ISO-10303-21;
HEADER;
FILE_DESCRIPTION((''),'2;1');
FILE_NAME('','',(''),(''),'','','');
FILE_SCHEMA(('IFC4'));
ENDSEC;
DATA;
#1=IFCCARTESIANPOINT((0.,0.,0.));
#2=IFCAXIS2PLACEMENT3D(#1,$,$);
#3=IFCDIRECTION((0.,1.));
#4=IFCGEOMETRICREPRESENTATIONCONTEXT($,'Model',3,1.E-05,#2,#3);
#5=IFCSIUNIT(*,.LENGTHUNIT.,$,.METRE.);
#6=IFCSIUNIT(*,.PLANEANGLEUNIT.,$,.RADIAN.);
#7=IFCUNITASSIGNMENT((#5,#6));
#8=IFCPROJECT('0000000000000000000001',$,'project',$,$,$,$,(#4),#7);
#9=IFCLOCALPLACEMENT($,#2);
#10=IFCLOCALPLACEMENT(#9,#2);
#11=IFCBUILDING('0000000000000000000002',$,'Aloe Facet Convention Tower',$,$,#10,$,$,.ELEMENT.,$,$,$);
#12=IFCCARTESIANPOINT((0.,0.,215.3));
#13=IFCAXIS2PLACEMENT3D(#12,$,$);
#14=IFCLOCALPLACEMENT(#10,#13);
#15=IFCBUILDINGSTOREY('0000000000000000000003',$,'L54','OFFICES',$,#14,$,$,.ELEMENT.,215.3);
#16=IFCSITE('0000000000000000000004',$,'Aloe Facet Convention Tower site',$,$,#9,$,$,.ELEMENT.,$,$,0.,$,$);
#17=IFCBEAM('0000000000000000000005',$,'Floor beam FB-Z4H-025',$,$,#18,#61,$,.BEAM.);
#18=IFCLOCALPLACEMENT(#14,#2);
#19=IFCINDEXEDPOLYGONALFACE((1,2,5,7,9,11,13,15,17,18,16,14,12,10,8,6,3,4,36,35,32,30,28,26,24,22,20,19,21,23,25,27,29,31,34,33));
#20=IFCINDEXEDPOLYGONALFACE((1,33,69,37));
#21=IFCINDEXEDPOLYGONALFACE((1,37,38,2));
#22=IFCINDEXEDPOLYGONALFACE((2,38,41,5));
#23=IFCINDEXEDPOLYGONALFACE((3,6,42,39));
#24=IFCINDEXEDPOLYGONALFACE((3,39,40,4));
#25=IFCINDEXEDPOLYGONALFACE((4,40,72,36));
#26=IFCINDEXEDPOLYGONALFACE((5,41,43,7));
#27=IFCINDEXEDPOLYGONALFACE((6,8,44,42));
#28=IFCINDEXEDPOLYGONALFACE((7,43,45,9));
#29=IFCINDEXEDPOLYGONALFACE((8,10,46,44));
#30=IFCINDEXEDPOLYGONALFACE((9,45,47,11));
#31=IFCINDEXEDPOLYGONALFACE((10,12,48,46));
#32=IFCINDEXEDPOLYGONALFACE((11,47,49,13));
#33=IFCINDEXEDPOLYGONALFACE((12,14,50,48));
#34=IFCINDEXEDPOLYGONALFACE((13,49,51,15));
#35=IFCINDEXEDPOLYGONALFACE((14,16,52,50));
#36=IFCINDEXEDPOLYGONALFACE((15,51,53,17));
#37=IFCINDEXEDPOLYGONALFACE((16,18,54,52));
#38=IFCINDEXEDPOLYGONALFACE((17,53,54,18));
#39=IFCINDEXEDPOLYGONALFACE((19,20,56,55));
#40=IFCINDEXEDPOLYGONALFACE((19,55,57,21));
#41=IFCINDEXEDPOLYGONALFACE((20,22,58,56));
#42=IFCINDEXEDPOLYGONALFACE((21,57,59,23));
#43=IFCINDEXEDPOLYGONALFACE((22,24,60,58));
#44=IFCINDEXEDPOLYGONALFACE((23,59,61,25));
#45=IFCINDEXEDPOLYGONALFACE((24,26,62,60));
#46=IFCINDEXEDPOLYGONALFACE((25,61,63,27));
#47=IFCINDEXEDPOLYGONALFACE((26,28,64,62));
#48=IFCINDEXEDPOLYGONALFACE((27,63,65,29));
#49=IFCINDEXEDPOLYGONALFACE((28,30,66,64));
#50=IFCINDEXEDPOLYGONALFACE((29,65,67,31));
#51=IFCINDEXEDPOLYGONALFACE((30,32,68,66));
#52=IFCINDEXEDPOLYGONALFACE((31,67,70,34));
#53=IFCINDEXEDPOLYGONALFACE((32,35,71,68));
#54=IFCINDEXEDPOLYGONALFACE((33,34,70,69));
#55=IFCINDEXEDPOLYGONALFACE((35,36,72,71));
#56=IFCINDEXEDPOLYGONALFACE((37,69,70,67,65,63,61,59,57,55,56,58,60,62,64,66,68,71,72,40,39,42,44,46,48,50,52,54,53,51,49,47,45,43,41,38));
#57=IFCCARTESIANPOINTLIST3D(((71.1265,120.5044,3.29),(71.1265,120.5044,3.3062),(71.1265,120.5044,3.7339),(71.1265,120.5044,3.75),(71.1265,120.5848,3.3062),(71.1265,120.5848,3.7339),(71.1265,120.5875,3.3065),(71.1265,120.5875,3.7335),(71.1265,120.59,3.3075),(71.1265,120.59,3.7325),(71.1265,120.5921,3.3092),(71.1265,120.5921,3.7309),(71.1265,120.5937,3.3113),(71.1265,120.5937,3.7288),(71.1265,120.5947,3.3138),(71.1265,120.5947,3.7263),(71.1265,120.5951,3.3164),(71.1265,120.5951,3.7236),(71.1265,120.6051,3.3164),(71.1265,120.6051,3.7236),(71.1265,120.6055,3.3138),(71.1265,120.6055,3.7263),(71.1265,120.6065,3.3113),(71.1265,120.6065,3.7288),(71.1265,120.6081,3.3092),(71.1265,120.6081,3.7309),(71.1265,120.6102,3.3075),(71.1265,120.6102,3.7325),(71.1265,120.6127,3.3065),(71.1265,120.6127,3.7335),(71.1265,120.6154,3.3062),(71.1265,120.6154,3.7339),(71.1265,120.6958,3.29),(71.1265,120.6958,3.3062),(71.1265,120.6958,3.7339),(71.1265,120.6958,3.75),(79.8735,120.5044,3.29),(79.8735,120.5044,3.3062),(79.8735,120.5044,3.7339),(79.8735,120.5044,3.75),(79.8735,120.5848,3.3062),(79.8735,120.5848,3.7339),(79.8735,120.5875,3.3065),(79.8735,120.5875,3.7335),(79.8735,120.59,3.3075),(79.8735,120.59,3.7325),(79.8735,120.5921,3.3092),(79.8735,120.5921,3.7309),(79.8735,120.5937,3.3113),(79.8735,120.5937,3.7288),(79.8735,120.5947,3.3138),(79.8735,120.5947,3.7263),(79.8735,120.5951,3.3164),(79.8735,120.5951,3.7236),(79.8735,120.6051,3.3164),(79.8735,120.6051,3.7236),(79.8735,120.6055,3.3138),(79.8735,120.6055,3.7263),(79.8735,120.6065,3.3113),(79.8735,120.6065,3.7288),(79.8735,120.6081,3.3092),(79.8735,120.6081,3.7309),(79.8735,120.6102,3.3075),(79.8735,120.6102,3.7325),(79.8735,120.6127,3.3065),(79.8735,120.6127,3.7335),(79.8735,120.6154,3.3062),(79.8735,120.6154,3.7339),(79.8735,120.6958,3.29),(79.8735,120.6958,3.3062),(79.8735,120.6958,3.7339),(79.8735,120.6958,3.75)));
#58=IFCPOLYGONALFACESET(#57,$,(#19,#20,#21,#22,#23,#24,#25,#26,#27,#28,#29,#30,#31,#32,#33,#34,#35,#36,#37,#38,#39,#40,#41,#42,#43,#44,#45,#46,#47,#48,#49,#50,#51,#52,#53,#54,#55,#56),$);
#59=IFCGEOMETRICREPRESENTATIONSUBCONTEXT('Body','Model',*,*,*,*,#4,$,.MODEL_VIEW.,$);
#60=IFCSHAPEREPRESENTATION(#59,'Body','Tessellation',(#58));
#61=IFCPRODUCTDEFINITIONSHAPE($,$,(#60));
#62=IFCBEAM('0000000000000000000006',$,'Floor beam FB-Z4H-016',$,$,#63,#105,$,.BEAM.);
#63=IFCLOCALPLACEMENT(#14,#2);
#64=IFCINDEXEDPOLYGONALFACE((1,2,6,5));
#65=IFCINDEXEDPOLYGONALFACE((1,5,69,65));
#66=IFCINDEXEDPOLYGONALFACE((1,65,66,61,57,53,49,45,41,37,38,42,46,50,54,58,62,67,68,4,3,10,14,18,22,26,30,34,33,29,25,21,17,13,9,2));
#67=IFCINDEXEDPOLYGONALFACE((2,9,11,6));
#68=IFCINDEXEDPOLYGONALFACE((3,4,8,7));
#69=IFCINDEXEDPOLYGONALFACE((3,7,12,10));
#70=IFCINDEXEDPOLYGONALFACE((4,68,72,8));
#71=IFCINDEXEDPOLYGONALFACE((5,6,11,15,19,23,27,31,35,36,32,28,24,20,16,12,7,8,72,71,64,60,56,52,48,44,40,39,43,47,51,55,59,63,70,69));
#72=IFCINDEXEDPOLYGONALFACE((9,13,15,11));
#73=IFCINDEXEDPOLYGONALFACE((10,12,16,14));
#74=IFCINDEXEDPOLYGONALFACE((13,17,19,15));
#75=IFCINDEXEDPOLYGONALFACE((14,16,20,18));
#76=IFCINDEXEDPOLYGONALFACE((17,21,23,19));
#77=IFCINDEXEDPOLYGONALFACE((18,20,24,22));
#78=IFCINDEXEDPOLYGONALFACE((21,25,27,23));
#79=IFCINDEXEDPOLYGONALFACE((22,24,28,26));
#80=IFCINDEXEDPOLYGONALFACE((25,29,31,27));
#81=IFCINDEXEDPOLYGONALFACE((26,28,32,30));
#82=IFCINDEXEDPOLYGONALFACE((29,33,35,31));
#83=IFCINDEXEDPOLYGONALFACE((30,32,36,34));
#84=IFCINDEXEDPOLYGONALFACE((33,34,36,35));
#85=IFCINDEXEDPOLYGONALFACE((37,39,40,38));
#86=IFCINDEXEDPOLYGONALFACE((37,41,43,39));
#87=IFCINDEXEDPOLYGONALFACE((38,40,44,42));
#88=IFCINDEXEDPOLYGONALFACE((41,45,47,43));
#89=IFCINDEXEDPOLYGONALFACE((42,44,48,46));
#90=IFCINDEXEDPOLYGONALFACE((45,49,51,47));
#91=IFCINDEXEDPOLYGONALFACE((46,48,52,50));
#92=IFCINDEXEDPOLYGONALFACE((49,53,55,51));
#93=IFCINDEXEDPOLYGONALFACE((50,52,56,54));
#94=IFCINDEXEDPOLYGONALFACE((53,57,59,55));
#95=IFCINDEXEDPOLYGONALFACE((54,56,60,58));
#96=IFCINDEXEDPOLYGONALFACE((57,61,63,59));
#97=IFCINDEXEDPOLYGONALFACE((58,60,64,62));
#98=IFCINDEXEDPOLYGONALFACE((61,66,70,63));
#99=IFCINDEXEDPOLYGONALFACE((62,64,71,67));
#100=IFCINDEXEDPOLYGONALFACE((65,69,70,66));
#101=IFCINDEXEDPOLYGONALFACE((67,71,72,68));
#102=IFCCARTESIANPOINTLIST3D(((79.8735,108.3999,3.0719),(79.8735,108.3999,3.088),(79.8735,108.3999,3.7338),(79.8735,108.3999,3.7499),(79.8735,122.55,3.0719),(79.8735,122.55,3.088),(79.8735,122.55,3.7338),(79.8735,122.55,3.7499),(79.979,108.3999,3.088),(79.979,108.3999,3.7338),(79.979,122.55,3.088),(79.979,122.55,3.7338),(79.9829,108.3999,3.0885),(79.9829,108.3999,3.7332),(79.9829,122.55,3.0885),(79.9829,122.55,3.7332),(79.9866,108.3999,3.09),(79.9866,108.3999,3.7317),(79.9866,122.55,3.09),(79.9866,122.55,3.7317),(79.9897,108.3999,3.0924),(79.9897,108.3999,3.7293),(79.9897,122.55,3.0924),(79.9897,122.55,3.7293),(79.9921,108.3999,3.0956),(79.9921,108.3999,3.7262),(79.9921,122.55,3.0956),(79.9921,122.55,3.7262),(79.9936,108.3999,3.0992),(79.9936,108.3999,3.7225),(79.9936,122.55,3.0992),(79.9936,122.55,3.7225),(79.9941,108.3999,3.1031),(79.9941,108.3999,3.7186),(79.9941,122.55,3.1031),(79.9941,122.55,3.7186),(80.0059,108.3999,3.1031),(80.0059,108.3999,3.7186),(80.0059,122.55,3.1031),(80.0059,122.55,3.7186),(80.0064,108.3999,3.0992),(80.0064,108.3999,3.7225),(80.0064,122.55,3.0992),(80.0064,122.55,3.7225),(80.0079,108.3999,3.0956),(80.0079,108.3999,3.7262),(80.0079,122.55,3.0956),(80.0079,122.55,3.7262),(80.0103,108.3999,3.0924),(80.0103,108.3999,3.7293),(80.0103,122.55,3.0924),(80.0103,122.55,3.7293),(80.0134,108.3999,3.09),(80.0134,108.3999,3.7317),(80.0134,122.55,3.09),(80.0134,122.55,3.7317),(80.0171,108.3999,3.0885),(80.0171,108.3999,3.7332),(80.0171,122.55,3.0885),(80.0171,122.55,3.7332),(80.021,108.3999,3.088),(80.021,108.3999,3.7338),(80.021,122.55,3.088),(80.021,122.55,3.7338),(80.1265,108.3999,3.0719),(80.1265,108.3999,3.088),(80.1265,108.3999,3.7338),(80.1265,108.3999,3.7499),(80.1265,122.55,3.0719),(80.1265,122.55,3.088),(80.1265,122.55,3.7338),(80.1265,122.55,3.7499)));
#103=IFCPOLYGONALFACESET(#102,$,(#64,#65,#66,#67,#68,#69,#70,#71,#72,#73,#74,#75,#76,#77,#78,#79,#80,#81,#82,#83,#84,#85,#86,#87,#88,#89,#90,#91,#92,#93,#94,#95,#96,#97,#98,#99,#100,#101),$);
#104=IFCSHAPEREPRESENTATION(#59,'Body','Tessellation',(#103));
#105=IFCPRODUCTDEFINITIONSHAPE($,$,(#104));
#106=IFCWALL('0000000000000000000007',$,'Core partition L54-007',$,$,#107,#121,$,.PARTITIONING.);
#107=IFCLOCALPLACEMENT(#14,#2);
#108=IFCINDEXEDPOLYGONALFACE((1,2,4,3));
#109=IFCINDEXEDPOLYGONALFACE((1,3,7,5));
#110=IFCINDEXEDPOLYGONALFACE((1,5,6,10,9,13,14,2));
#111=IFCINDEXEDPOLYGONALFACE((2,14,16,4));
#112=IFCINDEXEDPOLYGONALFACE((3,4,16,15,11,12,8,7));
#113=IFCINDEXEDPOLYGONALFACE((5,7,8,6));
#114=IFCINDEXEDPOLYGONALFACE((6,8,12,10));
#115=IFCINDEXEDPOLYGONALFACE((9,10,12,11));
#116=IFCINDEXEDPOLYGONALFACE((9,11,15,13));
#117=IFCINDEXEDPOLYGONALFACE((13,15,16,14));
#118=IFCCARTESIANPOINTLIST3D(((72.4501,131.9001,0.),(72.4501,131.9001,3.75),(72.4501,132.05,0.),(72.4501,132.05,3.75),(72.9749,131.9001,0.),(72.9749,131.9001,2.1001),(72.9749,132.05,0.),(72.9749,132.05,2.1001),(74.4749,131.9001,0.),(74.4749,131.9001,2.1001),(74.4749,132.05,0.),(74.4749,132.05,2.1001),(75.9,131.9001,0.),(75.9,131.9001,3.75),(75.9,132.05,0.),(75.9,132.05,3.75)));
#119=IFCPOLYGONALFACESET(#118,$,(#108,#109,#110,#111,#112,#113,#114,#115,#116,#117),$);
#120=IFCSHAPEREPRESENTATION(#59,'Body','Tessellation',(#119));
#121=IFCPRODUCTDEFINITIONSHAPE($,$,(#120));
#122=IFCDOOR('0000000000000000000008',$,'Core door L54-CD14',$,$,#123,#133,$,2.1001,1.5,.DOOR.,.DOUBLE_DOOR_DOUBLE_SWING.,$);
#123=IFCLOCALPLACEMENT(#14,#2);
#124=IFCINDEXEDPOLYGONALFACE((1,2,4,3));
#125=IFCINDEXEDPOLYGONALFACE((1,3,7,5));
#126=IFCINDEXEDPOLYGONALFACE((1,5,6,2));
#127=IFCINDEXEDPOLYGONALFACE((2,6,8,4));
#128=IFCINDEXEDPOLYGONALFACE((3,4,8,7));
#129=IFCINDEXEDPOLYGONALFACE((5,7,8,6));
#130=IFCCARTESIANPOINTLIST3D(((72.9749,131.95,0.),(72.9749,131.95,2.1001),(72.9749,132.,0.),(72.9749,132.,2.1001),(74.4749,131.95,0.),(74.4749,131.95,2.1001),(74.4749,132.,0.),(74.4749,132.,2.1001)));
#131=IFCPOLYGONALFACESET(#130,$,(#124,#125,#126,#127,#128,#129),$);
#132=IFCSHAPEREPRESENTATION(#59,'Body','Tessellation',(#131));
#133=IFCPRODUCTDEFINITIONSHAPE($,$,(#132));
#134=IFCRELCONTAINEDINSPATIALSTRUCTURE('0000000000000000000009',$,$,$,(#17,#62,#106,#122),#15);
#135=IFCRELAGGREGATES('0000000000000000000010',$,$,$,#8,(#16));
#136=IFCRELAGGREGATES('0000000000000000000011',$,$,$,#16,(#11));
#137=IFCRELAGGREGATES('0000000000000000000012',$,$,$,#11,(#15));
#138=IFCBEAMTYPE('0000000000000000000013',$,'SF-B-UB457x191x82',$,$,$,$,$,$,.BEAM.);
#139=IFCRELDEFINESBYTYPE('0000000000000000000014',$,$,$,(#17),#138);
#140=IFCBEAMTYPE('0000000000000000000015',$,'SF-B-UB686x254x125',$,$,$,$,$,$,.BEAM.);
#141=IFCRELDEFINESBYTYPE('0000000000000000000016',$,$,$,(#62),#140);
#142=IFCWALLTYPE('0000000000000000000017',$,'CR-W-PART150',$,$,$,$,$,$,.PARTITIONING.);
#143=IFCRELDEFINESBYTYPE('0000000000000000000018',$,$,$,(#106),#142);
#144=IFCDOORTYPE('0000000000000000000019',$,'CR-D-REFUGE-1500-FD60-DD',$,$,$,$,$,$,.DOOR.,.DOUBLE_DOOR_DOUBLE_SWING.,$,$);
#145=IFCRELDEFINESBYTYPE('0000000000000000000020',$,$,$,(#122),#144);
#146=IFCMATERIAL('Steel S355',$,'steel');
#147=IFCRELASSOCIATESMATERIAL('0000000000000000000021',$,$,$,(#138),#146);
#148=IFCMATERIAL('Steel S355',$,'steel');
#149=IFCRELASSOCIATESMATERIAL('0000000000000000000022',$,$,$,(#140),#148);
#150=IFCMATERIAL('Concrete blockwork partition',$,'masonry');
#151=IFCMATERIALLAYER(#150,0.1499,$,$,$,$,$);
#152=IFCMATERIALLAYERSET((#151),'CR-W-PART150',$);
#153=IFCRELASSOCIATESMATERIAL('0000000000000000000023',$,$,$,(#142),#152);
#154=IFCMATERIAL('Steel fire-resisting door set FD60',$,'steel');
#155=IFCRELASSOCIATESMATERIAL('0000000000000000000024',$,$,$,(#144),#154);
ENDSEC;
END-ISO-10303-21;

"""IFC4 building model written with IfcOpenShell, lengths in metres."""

from ifc_helpers import new_model, si_unit, direction, frame, frame_2d, origin, origin_2d, place, context, subcontext, project, spatial, rectangle, i_section, extrude, material, layer, layer_set, material_profile, profile_set, type_object, element, fill, save


model = new_model("IFC4")

# Units and contexts
model_context = context("Model", 3, precision=1e-05, world=origin(), true_north=direction((0.0, 1.0)))
body_context = subcontext(model_context, "Body", "Model", "MODEL_VIEW")
ifc_project = project(units=[si_unit("LENGTHUNIT", "METRE"), si_unit("PLANEANGLEUNIT", "RADIAN")], contexts=[model_context])

# Site, building, storey
site_placement = place(None, origin())
site = spatial("IfcSite", under=ifc_project, at=site_placement, Name="Aloe Facet Convention Tower site", CompositionType="ELEMENT", RefElevation=0.0)
building_placement = place(site_placement, origin())
building = spatial("IfcBuilding", under=site, at=building_placement, Name="Aloe Facet Convention Tower", CompositionType="ELEMENT")
storey_placement = place(building_placement, frame((0.0, 0.0, 215.3)))
storey = spatial("IfcBuildingStorey", under=building, at=storey_placement, Name="L54", Description="OFFICES", CompositionType="ELEMENT", Elevation=215.3)

# Beams
ifc_material_1 = material(Name="Steel S355", Category="steel")
ifc_material_profile_1 = material_profile(ifc_material_1, i_section(OverallWidth=0.1914, OverallDepth=0.46, WebThickness=0.01, FlangeThickness=0.0161, FilletRadius=0.0103, at=origin_2d()), Name="UB 457x191x82")
ifc_profile_set_1 = profile_set([ifc_material_profile_1], Name="Steel S355")
beam_type_1 = type_object("IfcBeamType", Name="SF-B-UB457x191x82", PredefinedType="BEAM", material=ifc_profile_set_1)
beam_1_placement = place(storey_placement, frame((71.1265, 120.6001, 3.52), z_axis=(1.0, 0.0, 0.0), x_axis=(0.0, 1.0, 0.0)))
element("IfcBeam", 1, at=beam_1_placement, inside=storey, type_object=beam_type_1, Name="Floor beam FB-Z4H-025", PredefinedType="BEAM", context=body_context, shape_type="SweptSolid", body=[
    extrude(i_section(OverallWidth=0.1914, OverallDepth=0.46, WebThickness=0.01, FlangeThickness=0.0161, FilletRadius=0.0103, at=origin_2d()), origin(), (0.0, 0.0, 1.0), 8.7471),
])
ifc_material_2 = material(Name="Steel S355", Category="steel")
ifc_material_profile_2 = material_profile(ifc_material_2, i_section(OverallWidth=0.2529, OverallDepth=0.678, WebThickness=0.0117, FlangeThickness=0.0161, FilletRadius=0.0151, at=origin_2d()), Name="UB 686x254x125")
ifc_profile_set_2 = profile_set([ifc_material_profile_2], Name="Steel S355")
beam_type_2 = type_object("IfcBeamType", Name="SF-B-UB686x254x125", PredefinedType="BEAM", material=ifc_profile_set_2)
beam_2_placement = place(storey_placement, frame((80.0, 122.55, 3.4109), z_axis=(0.0, -1.0, 0.0), x_axis=(1.0, 0.0, 0.0)))
element("IfcBeam", 2, at=beam_2_placement, inside=storey, type_object=beam_type_2, Name="Floor beam FB-Z4H-016", PredefinedType="BEAM", context=body_context, shape_type="SweptSolid", body=[
    extrude(i_section(OverallWidth=0.2529, OverallDepth=0.678, WebThickness=0.0117, FlangeThickness=0.0161, FilletRadius=0.0151, at=origin_2d()), origin(), (0.0, 0.0, 1.0), 14.1501),
])

# Wall, opening, door
ifc_material_3 = material(Name="Concrete blockwork partition", Category="masonry")
ifc_layer_1 = layer(ifc_material_3, 0.1499)
ifc_layer_set_1 = layer_set([ifc_layer_1], Name="CR-W-PART150")
wall_type_1 = type_object("IfcWallType", Name="CR-W-PART150", PredefinedType="PARTITIONING", material=ifc_layer_set_1)
wall_1_placement = place(storey_placement, frame((72.45, 131.9751, 0.0), z_axis=(0.0, 0.0, 1.0), x_axis=(1.0, 0.0, 0.0)))
wall_1 = element("IfcWall", 3, at=wall_1_placement, inside=storey, type_object=wall_type_1, Name="Core partition L54-007", PredefinedType="PARTITIONING", context=body_context, shape_type="SweptSolid", body=[
    extrude(rectangle(XDim=3.45, YDim=0.1499, at=frame_2d((1.7251, 0.0))), origin(), (0.0, 0.0, 1.0), 3.75),
])
opening_1_placement = place(wall_1_placement, frame((0.5249, 0.0, 0.0)))
opening_1 = element("IfcOpeningElement", 4, at=opening_1_placement, cuts=wall_1, PredefinedType="OPENING", context=body_context, shape_type="SweptSolid", body=[
    extrude(rectangle(XDim=1.5, YDim=2.1001, at=frame_2d((0.75, 1.05))), frame((0.0, 0.085, 0.0), z_axis=(0.0, -1.0, 0.0), x_axis=(1.0, 0.0, 0.0)), (0.0, 0.0, 1.0), 0.1699),
])
ifc_material_4 = material(Name="Steel fire-resisting door set FD60", Category="steel")
door_type_1 = type_object("IfcDoorType", Name="CR-D-REFUGE-1500-FD60-DD", OperationType="DOUBLE_DOOR_DOUBLE_SWING", PredefinedType="DOOR", material=ifc_material_4)
door_1_placement = place(opening_1_placement, origin())
door_1 = element("IfcDoor", 5, at=door_1_placement, inside=storey, type_object=door_type_1, Name="Core door L54-CD14", OperationType="DOUBLE_DOOR_DOUBLE_SWING", OverallHeight=2.1001, OverallWidth=1.5, PredefinedType="DOOR", context=body_context, shape_type="SweptSolid", body=[
    extrude(rectangle(XDim=1.5, YDim=2.1001, at=frame_2d((0.75, 1.05))), frame((0.0, 0.0249, 0.0), z_axis=(0.0, -1.0, 0.0), x_axis=(1.0, 0.0, 0.0)), (0.0, 0.0, 1.0), 0.05),
])
fill(opening_1, door_1)

save(model, "model.ifc")
